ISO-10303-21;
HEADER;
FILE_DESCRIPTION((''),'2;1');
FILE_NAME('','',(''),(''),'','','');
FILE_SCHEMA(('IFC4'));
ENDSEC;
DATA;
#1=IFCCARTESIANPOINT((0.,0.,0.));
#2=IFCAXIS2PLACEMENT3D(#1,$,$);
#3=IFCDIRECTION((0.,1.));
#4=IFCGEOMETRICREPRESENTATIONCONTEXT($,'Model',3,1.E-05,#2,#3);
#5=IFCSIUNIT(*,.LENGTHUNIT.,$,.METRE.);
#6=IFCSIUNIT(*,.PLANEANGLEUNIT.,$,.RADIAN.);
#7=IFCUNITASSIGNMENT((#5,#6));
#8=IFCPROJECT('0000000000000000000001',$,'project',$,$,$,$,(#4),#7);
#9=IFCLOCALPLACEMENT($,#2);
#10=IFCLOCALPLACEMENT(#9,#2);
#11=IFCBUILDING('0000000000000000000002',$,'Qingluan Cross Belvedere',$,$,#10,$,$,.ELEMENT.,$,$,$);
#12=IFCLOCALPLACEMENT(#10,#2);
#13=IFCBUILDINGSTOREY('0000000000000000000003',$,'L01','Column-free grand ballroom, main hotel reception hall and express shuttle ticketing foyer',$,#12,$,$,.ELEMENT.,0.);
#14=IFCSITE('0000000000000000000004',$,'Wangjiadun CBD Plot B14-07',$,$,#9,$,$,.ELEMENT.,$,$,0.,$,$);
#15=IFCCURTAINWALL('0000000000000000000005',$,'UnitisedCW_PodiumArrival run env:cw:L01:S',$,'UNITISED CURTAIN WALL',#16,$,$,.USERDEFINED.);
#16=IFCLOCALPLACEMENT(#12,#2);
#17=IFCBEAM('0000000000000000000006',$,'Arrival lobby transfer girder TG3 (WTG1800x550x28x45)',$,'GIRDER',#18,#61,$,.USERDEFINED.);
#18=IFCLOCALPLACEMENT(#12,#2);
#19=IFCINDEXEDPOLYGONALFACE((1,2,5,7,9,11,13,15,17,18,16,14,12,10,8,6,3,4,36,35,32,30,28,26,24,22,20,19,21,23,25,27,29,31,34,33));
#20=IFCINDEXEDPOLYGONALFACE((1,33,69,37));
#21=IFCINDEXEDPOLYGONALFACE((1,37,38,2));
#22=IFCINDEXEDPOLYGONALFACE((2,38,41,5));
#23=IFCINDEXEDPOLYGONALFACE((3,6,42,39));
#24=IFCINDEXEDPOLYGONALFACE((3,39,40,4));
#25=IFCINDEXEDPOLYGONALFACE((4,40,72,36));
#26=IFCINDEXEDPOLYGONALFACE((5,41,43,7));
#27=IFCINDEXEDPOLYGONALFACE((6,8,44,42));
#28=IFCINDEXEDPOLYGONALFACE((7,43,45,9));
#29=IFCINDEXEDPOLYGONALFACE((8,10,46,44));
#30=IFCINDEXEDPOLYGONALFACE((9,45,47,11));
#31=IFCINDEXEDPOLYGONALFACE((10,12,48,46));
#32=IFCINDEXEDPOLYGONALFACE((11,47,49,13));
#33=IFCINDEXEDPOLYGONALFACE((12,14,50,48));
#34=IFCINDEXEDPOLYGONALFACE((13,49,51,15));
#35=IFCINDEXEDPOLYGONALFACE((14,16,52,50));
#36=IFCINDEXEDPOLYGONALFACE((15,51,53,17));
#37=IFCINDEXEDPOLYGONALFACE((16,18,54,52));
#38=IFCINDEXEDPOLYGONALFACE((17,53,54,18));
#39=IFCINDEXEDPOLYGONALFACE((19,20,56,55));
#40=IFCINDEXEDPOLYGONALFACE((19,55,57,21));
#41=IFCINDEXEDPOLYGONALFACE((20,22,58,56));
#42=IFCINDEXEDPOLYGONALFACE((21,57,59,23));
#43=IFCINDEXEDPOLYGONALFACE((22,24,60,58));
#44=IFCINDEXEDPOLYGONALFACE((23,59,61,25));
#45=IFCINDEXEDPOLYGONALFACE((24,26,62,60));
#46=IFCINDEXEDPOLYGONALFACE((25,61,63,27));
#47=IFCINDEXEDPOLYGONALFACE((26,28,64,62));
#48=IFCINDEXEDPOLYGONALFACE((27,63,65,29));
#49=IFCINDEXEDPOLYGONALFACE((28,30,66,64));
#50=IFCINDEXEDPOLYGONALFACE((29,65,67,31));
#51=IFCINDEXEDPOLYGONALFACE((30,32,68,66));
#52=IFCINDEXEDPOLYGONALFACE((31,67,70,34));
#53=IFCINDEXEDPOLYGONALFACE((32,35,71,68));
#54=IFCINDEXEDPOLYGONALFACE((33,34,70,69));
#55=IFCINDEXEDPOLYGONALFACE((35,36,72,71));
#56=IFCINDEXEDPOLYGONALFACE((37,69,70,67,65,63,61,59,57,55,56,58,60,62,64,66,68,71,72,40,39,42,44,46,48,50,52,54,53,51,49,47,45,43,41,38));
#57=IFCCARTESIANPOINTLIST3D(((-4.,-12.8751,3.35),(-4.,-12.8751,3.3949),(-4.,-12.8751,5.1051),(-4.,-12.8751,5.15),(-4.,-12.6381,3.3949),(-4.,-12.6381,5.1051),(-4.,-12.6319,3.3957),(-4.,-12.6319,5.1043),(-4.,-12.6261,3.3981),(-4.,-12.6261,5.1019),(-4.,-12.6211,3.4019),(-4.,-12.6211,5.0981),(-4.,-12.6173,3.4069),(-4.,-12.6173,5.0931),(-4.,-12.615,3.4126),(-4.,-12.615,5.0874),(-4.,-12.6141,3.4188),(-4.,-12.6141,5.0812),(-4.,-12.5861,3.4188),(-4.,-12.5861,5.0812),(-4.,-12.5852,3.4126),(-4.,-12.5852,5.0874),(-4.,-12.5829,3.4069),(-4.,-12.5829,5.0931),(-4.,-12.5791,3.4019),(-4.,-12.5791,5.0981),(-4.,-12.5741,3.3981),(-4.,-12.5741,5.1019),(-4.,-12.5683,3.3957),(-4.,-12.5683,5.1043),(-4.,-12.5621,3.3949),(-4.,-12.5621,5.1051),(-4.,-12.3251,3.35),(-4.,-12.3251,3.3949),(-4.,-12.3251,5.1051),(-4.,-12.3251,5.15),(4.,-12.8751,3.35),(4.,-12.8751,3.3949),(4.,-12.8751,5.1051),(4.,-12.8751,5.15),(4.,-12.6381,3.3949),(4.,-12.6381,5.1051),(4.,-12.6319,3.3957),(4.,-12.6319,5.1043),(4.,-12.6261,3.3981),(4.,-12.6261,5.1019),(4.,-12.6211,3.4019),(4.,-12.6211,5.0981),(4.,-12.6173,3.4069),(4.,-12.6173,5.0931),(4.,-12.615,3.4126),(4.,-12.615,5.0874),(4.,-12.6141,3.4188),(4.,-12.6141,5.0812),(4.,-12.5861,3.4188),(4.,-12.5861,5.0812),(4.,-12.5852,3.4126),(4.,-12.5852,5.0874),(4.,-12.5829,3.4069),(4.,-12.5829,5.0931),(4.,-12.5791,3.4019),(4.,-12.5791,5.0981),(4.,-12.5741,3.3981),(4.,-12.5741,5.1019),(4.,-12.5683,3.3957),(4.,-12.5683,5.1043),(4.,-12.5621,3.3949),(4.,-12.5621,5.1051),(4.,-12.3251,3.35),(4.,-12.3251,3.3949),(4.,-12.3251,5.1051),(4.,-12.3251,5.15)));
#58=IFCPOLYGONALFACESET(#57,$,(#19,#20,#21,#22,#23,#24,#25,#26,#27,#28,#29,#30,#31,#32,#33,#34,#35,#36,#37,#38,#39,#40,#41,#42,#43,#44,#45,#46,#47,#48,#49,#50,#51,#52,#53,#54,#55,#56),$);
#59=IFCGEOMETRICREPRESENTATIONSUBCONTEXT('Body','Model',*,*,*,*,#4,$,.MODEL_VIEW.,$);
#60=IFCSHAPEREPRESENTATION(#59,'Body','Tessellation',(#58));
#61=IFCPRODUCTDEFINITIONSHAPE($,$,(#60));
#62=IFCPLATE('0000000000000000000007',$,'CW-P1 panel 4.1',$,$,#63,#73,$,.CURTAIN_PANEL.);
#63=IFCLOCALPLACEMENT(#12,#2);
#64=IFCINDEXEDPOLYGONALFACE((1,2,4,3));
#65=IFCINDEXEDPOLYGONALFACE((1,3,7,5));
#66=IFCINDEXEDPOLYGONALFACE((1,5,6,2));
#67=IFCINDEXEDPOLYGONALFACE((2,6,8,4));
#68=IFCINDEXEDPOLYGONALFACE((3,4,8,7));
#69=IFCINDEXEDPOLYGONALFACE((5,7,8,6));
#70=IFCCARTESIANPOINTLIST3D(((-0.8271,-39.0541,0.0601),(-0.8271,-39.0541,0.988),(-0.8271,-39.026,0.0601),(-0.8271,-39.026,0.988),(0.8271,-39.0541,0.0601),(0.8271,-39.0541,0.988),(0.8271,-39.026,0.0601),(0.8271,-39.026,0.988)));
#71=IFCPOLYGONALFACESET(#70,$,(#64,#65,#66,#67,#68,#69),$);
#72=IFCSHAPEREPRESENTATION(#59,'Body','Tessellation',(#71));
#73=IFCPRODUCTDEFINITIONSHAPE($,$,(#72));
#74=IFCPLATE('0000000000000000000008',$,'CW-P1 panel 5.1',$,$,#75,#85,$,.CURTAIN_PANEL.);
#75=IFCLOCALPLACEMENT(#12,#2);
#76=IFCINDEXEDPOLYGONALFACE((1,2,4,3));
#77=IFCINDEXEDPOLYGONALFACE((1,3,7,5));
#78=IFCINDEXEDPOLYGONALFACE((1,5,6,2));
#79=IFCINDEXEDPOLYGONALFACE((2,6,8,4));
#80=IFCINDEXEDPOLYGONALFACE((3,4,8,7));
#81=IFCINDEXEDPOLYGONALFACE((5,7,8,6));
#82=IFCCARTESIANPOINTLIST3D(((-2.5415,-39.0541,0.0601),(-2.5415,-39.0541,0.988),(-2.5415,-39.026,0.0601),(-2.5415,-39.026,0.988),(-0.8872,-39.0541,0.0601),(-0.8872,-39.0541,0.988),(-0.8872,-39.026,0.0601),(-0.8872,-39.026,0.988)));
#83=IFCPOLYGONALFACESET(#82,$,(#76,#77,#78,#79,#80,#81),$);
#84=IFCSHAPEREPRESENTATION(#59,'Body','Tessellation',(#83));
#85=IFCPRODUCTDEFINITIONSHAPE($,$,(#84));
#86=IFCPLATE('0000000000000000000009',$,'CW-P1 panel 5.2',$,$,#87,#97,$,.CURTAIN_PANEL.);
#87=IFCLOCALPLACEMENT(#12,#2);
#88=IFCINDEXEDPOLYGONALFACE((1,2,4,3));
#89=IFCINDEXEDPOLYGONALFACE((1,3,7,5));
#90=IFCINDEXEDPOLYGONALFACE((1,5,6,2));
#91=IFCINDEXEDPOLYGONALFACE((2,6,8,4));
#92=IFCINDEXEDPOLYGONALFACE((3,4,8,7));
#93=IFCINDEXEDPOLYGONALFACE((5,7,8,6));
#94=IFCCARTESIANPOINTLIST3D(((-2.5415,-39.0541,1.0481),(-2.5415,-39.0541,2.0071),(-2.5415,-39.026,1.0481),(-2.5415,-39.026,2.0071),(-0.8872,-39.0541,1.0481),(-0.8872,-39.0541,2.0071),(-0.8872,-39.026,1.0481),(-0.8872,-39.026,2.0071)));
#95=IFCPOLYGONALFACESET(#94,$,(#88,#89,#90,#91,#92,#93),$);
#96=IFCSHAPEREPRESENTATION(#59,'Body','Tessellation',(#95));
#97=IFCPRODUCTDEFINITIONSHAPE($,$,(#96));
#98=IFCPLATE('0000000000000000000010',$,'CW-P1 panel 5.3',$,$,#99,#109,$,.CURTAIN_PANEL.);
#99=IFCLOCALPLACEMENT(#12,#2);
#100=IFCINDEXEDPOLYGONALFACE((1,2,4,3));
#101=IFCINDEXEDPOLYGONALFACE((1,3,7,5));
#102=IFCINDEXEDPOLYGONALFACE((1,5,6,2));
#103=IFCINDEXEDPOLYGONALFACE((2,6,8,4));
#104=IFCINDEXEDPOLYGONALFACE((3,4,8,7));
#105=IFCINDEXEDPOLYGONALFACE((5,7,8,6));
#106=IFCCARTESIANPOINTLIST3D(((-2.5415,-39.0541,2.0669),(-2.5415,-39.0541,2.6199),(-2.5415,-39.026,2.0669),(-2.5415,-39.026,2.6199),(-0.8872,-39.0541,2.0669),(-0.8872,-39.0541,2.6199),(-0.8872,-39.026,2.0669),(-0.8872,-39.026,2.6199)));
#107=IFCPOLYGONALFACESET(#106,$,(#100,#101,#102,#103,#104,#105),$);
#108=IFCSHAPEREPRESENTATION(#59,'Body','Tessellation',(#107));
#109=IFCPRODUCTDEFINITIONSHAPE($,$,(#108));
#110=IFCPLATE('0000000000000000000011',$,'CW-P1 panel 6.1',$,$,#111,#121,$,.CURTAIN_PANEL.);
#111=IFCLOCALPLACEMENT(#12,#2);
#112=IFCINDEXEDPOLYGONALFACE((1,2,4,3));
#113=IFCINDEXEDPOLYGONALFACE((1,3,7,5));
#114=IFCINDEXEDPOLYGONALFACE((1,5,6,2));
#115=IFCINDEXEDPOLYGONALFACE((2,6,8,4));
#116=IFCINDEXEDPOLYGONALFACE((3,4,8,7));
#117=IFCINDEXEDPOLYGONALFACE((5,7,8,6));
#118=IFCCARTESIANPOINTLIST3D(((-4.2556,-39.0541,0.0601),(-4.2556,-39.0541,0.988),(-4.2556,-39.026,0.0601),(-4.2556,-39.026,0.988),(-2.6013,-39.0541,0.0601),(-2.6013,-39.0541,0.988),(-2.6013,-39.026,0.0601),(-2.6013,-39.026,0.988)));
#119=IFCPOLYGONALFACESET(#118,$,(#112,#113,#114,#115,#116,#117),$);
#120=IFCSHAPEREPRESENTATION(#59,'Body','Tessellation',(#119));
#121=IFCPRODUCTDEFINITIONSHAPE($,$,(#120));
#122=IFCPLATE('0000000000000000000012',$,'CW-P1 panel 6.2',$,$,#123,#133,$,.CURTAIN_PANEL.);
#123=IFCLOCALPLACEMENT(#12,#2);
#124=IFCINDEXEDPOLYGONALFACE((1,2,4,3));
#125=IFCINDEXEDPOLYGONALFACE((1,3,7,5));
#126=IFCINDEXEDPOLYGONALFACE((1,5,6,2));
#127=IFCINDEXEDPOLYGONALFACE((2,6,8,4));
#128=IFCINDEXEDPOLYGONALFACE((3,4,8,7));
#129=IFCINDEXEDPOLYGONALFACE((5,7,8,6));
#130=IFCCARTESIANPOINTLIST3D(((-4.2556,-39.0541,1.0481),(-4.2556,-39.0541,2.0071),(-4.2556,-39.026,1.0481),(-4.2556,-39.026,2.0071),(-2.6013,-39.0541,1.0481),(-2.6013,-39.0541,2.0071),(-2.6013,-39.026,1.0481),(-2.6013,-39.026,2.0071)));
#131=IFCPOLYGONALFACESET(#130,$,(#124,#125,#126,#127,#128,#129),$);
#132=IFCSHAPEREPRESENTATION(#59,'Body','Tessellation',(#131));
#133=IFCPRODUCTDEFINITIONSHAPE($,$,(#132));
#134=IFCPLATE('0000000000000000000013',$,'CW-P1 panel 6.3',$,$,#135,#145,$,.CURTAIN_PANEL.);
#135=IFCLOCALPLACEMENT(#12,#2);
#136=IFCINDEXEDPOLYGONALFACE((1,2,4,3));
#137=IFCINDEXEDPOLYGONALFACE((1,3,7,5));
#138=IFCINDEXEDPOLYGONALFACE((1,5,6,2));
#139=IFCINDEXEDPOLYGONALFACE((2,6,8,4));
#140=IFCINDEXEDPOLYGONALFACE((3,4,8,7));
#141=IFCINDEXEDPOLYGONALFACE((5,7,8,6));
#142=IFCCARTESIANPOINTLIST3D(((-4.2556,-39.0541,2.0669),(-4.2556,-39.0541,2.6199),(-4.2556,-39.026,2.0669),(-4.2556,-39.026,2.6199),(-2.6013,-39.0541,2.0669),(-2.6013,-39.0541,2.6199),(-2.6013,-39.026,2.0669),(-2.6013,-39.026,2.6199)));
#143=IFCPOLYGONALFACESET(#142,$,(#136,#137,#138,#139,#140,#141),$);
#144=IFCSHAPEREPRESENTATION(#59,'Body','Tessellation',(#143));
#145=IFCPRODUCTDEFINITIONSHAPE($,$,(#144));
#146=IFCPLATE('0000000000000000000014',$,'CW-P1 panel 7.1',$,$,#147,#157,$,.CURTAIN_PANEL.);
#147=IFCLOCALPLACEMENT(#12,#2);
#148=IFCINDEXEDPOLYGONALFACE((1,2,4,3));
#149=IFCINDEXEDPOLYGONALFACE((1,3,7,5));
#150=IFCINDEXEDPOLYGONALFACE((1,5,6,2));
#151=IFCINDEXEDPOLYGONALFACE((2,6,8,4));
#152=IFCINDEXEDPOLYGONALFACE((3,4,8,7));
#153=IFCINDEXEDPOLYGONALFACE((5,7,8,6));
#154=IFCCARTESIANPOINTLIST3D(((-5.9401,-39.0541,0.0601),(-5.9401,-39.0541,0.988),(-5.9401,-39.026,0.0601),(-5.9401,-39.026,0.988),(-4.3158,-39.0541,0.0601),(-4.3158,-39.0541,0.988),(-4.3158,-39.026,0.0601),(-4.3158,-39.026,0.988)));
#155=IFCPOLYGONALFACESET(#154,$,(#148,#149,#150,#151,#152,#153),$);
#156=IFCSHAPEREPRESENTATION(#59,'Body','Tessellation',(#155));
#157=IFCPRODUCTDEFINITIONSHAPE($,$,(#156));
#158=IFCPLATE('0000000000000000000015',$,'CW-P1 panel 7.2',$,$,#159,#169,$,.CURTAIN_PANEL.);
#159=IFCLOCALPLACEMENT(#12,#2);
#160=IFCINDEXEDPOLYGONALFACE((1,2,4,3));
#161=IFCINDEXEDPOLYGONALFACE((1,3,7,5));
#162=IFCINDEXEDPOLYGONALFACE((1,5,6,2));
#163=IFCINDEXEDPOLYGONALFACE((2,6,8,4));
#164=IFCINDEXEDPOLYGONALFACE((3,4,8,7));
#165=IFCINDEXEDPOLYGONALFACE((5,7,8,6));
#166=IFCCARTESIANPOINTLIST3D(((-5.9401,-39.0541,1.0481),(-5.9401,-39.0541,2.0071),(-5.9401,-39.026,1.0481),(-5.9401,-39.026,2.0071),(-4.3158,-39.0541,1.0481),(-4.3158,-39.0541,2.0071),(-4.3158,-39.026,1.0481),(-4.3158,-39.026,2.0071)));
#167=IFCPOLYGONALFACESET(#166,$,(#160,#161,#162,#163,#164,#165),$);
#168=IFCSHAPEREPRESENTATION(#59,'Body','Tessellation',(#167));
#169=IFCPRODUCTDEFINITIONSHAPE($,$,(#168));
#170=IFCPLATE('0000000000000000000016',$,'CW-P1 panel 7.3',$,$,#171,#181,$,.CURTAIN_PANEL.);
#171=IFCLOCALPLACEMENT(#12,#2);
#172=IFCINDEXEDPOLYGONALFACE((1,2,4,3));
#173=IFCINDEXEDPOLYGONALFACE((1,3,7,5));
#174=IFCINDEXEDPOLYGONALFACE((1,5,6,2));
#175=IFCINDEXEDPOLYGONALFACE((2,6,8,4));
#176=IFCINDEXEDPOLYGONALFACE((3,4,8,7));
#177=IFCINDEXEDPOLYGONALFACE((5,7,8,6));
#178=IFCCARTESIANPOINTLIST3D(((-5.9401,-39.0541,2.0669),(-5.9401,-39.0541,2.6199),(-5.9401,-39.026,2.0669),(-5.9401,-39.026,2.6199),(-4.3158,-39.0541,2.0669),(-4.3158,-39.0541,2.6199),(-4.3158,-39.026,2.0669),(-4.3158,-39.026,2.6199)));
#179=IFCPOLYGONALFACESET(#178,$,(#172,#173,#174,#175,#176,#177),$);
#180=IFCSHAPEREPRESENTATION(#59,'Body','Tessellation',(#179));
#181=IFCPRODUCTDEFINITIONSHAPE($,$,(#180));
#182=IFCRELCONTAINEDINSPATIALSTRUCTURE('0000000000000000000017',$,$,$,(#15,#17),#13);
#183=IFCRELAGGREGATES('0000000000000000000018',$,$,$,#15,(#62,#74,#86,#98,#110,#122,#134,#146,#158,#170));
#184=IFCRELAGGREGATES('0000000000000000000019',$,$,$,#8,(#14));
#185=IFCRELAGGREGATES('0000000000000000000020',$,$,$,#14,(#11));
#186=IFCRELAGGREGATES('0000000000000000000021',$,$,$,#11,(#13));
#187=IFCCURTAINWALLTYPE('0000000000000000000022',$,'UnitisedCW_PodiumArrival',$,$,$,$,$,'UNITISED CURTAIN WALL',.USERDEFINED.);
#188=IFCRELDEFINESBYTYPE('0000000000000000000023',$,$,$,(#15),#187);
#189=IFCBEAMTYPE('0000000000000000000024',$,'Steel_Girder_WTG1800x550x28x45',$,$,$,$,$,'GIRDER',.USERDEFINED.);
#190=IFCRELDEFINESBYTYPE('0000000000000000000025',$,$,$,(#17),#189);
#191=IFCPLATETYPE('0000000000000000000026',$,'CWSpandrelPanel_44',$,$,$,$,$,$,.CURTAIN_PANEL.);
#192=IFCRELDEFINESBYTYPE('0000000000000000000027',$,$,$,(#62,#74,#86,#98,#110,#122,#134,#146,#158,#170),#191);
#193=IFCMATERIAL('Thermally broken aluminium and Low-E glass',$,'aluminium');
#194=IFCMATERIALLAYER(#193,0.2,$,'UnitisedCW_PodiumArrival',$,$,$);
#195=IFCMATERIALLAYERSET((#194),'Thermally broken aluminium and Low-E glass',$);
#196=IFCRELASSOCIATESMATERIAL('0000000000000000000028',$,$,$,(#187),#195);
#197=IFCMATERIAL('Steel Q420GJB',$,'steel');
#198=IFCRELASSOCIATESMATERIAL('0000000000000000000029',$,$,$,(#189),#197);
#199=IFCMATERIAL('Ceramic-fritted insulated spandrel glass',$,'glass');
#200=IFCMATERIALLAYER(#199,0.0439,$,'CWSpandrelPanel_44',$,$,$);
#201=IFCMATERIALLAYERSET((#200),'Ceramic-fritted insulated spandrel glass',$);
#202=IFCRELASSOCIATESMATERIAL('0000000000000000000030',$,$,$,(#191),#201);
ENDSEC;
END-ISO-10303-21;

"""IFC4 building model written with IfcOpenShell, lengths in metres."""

from ifc_helpers import new_model, si_unit, direction, frame, origin, origin_2d, place, context, subcontext, project, spatial, rectangle, i_section, extrude, material, layer, layer_set, material_profile, profile_set, type_object, element, aggregate, save


model = new_model("IFC4")

# Units and contexts
model_context = context("Model", 3, precision=1e-05, world=origin(), true_north=direction((0.0, 1.0)))
body_context = subcontext(model_context, "Body", "Model", "MODEL_VIEW")
ifc_project = project(units=[si_unit("LENGTHUNIT", "METRE"), si_unit("PLANEANGLEUNIT", "RADIAN")], contexts=[model_context])

# Site, building, storey
site_placement = place(None, origin())
site = spatial("IfcSite", under=ifc_project, at=site_placement, Name="Wangjiadun CBD Plot B14-07", CompositionType="ELEMENT", RefElevation=0.0)
building_placement = place(site_placement, origin())
building = spatial("IfcBuilding", under=site, at=building_placement, Name="Qingluan Cross Belvedere", CompositionType="ELEMENT")
storey_placement = place(building_placement, origin())
storey = spatial("IfcBuildingStorey", under=building, at=storey_placement, Name="L01", Description="Column-free grand ballroom, main hotel reception hall and express shuttle ticketing foyer", CompositionType="ELEMENT", Elevation=0.0)

# Curtain wall
ifc_material_1 = material(Name="Thermally broken aluminium and Low-E glass", Category="aluminium")
ifc_layer_1 = layer(ifc_material_1, 0.2, Name="UnitisedCW_PodiumArrival")
ifc_layer_set_1 = layer_set([ifc_layer_1], Name="Thermally broken aluminium and Low-E glass")
curtain_wall_type = type_object("IfcCurtainWallType", Name="UnitisedCW_PodiumArrival", ElementType="UNITISED CURTAIN WALL", PredefinedType="USERDEFINED", material=ifc_layer_set_1)
curtain_wall_placement = place(storey_placement, origin())
curtain_wall = element("IfcCurtainWall", 1, at=curtain_wall_placement, inside=storey, type_object=curtain_wall_type, Name="UnitisedCW_PodiumArrival run env:cw:L01:S", ObjectType="UNITISED CURTAIN WALL", PredefinedType="USERDEFINED")

# Beam
ifc_material_2 = material(Name="Steel Q420GJB", Category="steel")
ifc_material_profile_1 = material_profile(ifc_material_2, i_section(OverallWidth=0.55, OverallDepth=1.8, WebThickness=0.0281, FlangeThickness=0.0449, FilletRadius=0.0239, at=origin_2d()), Name="WTG1800x550x28x45")
ifc_profile_set_1 = profile_set([ifc_material_profile_1], Name="Steel Q420GJB")
beam_type_1 = type_object("IfcBeamType", Name="Steel_Girder_WTG1800x550x28x45", ElementType="GIRDER", PredefinedType="USERDEFINED", material=ifc_profile_set_1)
beam_1_placement = place(storey_placement, frame((-4.0, -12.6001, 4.25), z_axis=(1.0, 0.0, 0.0), x_axis=(0.0, 1.0, 0.0)))
element("IfcBeam", 2, at=beam_1_placement, inside=storey, type_object=beam_type_1, Name="Arrival lobby transfer girder TG3 (WTG1800x550x28x45)", ObjectType="GIRDER", PredefinedType="USERDEFINED", context=body_context, shape_type="SweptSolid", body=[
    extrude(i_section(OverallWidth=0.55, OverallDepth=1.8, WebThickness=0.0281, FlangeThickness=0.0449, FilletRadius=0.0239, at=origin_2d()), origin(), (0.0, 0.0, 1.0), 8.0),
])

# Plates
ifc_material_3 = material(Name="Ceramic-fritted insulated spandrel glass", Category="glass")
ifc_layer_2 = layer(ifc_material_3, 0.0439, Name="CWSpandrelPanel_44")
ifc_layer_set_2 = layer_set([ifc_layer_2], Name="Ceramic-fritted insulated spandrel glass")
plate_type = type_object("IfcPlateType", Name="CWSpandrelPanel_44", PredefinedType="CURTAIN_PANEL", material=ifc_layer_set_2)
plate_1_placement = place(storey_placement, frame((0.0, -39.04, 0.0601), z_axis=(0.0, 0.0, 1.0), x_axis=(-1.0, 0.0, 0.0)))
plate_1 = element("IfcPlate", 3, at=plate_1_placement, type_object=plate_type, Name="CW-P1 panel 4.1", PredefinedType="CURTAIN_PANEL", context=body_context, shape_type="SweptSolid", body=[
    extrude(rectangle(XDim=1.6543, YDim=0.0281, at=origin_2d()), origin(), (0.0, 0.0, 1.0), 0.928),
])
plate_2_placement = place(storey_placement, frame((-1.7144, -39.04, 0.0601), z_axis=(0.0, 0.0, 1.0), x_axis=(-1.0, 0.0, 0.0)))
plate_2 = element("IfcPlate", 4, at=plate_2_placement, type_object=plate_type, Name="CW-P1 panel 5.1", PredefinedType="CURTAIN_PANEL", context=body_context, shape_type="SweptSolid", body=[
    extrude(rectangle(XDim=1.6543, YDim=0.0281, at=origin_2d()), origin(), (0.0, 0.0, 1.0), 0.928),
])
plate_3_placement = place(storey_placement, frame((-1.7144, -39.04, 1.0481), z_axis=(0.0, 0.0, 1.0), x_axis=(-1.0, 0.0, 0.0)))
plate_3 = element("IfcPlate", 5, at=plate_3_placement, type_object=plate_type, Name="CW-P1 panel 5.2", PredefinedType="CURTAIN_PANEL", context=body_context, shape_type="SweptSolid", body=[
    extrude(rectangle(XDim=1.6543, YDim=0.0281, at=origin_2d()), origin(), (0.0, 0.0, 1.0), 0.959),
])
plate_4_placement = place(storey_placement, frame((-1.7144, -39.04, 2.0669), z_axis=(0.0, 0.0, 1.0), x_axis=(-1.0, 0.0, 0.0)))
plate_4 = element("IfcPlate", 6, at=plate_4_placement, type_object=plate_type, Name="CW-P1 panel 5.3", PredefinedType="CURTAIN_PANEL", context=body_context, shape_type="SweptSolid", body=[
    extrude(rectangle(XDim=1.6543, YDim=0.0281, at=origin_2d()), origin(), (0.0, 0.0, 1.0), 0.553),
])
plate_5_placement = place(storey_placement, frame((-3.4285, -39.04, 0.0601), z_axis=(0.0, 0.0, 1.0), x_axis=(-1.0, 0.0, 0.0)))
plate_5 = element("IfcPlate", 7, at=plate_5_placement, type_object=plate_type, Name="CW-P1 panel 6.1", PredefinedType="CURTAIN_PANEL", context=body_context, shape_type="SweptSolid", body=[
    extrude(rectangle(XDim=1.6543, YDim=0.0281, at=origin_2d()), origin(), (0.0, 0.0, 1.0), 0.928),
])
plate_6_placement = place(storey_placement, frame((-3.4285, -39.04, 1.0481), z_axis=(0.0, 0.0, 1.0), x_axis=(-1.0, 0.0, 0.0)))
plate_6 = element("IfcPlate", 8, at=plate_6_placement, type_object=plate_type, Name="CW-P1 panel 6.2", PredefinedType="CURTAIN_PANEL", context=body_context, shape_type="SweptSolid", body=[
    extrude(rectangle(XDim=1.6543, YDim=0.0281, at=origin_2d()), origin(), (0.0, 0.0, 1.0), 0.959),
])
plate_7_placement = place(storey_placement, frame((-3.4285, -39.04, 2.0669), z_axis=(0.0, 0.0, 1.0), x_axis=(-1.0, 0.0, 0.0)))
plate_7 = element("IfcPlate", 9, at=plate_7_placement, type_object=plate_type, Name="CW-P1 panel 6.3", PredefinedType="CURTAIN_PANEL", context=body_context, shape_type="SweptSolid", body=[
    extrude(rectangle(XDim=1.6543, YDim=0.0281, at=origin_2d()), origin(), (0.0, 0.0, 1.0), 0.553),
])
plate_8_placement = place(storey_placement, frame((-5.1279, -39.04, 0.0601), z_axis=(0.0, 0.0, 1.0), x_axis=(-1.0, 0.0, 0.0)))
plate_8 = element("IfcPlate", 10, at=plate_8_placement, type_object=plate_type, Name="CW-P1 panel 7.1", PredefinedType="CURTAIN_PANEL", context=body_context, shape_type="SweptSolid", body=[
    extrude(rectangle(XDim=1.6243, YDim=0.0281, at=origin_2d()), origin(), (0.0, 0.0, 1.0), 0.928),
])
plate_9_placement = place(storey_placement, frame((-5.1279, -39.04, 1.0481), z_axis=(0.0, 0.0, 1.0), x_axis=(-1.0, 0.0, 0.0)))
plate_9 = element("IfcPlate", 11, at=plate_9_placement, type_object=plate_type, Name="CW-P1 panel 7.2", PredefinedType="CURTAIN_PANEL", context=body_context, shape_type="SweptSolid", body=[
    extrude(rectangle(XDim=1.6243, YDim=0.0281, at=origin_2d()), origin(), (0.0, 0.0, 1.0), 0.959),
])
plate_10_placement = place(storey_placement, frame((-5.1279, -39.04, 2.0669), z_axis=(0.0, 0.0, 1.0), x_axis=(-1.0, 0.0, 0.0)))
plate_10 = element("IfcPlate", 12, at=plate_10_placement, type_object=plate_type, Name="CW-P1 panel 7.3", PredefinedType="CURTAIN_PANEL", context=body_context, shape_type="SweptSolid", body=[
    extrude(rectangle(XDim=1.6243, YDim=0.0281, at=origin_2d()), origin(), (0.0, 0.0, 1.0), 0.553),
])
aggregate(curtain_wall, [plate_1, plate_2, plate_3, plate_4, plate_5, plate_6, plate_7, plate_8, plate_9, plate_10])

save(model, "model.ifc")
